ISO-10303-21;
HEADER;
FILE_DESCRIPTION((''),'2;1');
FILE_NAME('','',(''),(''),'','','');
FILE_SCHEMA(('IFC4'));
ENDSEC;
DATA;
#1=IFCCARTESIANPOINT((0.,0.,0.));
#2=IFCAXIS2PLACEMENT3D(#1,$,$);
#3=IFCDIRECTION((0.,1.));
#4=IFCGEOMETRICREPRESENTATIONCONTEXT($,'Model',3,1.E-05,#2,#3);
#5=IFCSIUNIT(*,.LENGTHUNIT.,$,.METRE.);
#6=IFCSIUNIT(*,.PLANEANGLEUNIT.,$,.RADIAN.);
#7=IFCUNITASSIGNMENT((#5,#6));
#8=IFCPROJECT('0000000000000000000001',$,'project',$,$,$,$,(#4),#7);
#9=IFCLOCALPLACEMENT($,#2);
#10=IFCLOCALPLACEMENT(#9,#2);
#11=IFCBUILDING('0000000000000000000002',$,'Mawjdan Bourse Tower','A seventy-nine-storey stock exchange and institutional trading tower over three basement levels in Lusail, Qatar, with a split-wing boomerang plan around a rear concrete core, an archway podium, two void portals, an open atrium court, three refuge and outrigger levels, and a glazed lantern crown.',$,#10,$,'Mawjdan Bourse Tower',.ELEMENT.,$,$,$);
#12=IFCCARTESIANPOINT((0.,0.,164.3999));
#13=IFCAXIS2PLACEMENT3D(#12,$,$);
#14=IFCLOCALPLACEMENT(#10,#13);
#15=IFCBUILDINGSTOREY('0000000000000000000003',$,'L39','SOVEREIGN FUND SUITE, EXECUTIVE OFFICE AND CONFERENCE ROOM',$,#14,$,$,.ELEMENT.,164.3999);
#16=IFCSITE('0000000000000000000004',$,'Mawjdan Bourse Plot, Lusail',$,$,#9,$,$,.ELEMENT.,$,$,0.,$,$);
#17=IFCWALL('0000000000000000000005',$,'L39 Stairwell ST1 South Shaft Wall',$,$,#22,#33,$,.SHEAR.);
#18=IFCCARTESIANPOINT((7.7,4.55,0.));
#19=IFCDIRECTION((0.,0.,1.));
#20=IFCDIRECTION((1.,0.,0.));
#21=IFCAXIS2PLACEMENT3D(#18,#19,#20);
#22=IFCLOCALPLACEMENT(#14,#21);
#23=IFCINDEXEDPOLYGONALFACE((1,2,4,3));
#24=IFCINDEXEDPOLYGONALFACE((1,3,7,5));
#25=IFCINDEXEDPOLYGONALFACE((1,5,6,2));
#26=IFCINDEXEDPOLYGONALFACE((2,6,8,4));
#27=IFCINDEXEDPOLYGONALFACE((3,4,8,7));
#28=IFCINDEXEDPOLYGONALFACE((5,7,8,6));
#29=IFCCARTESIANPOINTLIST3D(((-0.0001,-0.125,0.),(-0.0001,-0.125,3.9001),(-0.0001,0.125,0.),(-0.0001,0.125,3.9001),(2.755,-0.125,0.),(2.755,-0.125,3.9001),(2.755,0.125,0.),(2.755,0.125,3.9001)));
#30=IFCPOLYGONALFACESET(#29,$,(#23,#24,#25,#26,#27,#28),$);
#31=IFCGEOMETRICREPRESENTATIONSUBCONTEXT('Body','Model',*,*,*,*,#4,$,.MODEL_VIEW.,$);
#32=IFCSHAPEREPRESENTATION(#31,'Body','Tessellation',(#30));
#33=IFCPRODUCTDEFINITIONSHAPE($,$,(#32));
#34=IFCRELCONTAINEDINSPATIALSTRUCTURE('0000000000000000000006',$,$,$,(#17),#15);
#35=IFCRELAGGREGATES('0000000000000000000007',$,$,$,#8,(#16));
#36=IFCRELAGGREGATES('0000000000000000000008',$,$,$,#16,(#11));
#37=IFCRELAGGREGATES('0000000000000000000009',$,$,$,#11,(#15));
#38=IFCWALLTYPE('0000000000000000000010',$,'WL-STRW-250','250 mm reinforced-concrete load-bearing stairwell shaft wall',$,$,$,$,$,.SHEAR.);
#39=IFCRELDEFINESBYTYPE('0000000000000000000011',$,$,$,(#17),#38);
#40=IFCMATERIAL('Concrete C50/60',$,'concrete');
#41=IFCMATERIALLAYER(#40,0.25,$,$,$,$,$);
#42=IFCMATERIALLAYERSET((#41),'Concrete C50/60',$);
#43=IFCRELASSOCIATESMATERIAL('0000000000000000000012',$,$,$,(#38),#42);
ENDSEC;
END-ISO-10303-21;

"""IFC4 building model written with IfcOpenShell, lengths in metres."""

from ifc_helpers import new_model, si_unit, direction, frame, frame_2d, origin, place, context, subcontext, project, spatial, rectangle, extrude, material, layer, layer_set, type_object, element, save


model = new_model("IFC4")

# Units and contexts
model_context = context("Model", 3, precision=1e-05, world=origin(), true_north=direction((0.0, 1.0)))
body_context = subcontext(model_context, "Body", "Model", "MODEL_VIEW")
ifc_project = project(units=[si_unit("LENGTHUNIT", "METRE"), si_unit("PLANEANGLEUNIT", "RADIAN")], contexts=[model_context])

# Site, building, storey
site_placement = place(None, origin())
site = spatial("IfcSite", under=ifc_project, at=site_placement, Name="Mawjdan Bourse Plot, Lusail", CompositionType="ELEMENT", RefElevation=0.0)
building_placement = place(site_placement, origin())
building = spatial("IfcBuilding", under=site, at=building_placement, Name="Mawjdan Bourse Tower", Description="A seventy-nine-storey stock exchange and institutional trading tower over three basement levels in Lusail, Qatar, with a split-wing boomerang plan around a rear concrete core, an archway podium, two void portals, an open atrium court, three refuge and outrigger levels, and a glazed lantern crown.", LongName="Mawjdan Bourse Tower", CompositionType="ELEMENT")
storey_placement = place(building_placement, frame((0.0, 0.0, 164.3999)))
storey = spatial("IfcBuildingStorey", under=building, at=storey_placement, Name="L39", Description="SOVEREIGN FUND SUITE, EXECUTIVE OFFICE AND CONFERENCE ROOM", CompositionType="ELEMENT", Elevation=164.3999)

# Shared definitions
ifc_material_1 = material(Name="Concrete C50/60", Category="concrete")

# Wall
ifc_layer_1 = layer(ifc_material_1, 0.25)
ifc_layer_set_1 = layer_set([ifc_layer_1], Name="Concrete C50/60")
wall_type_1 = type_object("IfcWallType", Name="WL-STRW-250", Description="250 mm reinforced-concrete load-bearing stairwell shaft wall", PredefinedType="SHEAR", material=ifc_layer_set_1)
wall_1_placement = place(storey_placement, frame((7.7, 4.55, 0.0), z_axis=(0.0, 0.0, 1.0), x_axis=(1.0, 0.0, 0.0)))
element("IfcWall", 1, at=wall_1_placement, inside=storey, type_object=wall_type_1, Name="L39 Stairwell ST1 South Shaft Wall", PredefinedType="SHEAR", context=body_context, shape_type="SweptSolid", body=[
    extrude(rectangle(XDim=2.7551, YDim=0.25, at=frame_2d((1.3774, 0.0))), origin(), (0.0, 0.0, 1.0), 3.9001),
])

save(model, "model.ifc")
